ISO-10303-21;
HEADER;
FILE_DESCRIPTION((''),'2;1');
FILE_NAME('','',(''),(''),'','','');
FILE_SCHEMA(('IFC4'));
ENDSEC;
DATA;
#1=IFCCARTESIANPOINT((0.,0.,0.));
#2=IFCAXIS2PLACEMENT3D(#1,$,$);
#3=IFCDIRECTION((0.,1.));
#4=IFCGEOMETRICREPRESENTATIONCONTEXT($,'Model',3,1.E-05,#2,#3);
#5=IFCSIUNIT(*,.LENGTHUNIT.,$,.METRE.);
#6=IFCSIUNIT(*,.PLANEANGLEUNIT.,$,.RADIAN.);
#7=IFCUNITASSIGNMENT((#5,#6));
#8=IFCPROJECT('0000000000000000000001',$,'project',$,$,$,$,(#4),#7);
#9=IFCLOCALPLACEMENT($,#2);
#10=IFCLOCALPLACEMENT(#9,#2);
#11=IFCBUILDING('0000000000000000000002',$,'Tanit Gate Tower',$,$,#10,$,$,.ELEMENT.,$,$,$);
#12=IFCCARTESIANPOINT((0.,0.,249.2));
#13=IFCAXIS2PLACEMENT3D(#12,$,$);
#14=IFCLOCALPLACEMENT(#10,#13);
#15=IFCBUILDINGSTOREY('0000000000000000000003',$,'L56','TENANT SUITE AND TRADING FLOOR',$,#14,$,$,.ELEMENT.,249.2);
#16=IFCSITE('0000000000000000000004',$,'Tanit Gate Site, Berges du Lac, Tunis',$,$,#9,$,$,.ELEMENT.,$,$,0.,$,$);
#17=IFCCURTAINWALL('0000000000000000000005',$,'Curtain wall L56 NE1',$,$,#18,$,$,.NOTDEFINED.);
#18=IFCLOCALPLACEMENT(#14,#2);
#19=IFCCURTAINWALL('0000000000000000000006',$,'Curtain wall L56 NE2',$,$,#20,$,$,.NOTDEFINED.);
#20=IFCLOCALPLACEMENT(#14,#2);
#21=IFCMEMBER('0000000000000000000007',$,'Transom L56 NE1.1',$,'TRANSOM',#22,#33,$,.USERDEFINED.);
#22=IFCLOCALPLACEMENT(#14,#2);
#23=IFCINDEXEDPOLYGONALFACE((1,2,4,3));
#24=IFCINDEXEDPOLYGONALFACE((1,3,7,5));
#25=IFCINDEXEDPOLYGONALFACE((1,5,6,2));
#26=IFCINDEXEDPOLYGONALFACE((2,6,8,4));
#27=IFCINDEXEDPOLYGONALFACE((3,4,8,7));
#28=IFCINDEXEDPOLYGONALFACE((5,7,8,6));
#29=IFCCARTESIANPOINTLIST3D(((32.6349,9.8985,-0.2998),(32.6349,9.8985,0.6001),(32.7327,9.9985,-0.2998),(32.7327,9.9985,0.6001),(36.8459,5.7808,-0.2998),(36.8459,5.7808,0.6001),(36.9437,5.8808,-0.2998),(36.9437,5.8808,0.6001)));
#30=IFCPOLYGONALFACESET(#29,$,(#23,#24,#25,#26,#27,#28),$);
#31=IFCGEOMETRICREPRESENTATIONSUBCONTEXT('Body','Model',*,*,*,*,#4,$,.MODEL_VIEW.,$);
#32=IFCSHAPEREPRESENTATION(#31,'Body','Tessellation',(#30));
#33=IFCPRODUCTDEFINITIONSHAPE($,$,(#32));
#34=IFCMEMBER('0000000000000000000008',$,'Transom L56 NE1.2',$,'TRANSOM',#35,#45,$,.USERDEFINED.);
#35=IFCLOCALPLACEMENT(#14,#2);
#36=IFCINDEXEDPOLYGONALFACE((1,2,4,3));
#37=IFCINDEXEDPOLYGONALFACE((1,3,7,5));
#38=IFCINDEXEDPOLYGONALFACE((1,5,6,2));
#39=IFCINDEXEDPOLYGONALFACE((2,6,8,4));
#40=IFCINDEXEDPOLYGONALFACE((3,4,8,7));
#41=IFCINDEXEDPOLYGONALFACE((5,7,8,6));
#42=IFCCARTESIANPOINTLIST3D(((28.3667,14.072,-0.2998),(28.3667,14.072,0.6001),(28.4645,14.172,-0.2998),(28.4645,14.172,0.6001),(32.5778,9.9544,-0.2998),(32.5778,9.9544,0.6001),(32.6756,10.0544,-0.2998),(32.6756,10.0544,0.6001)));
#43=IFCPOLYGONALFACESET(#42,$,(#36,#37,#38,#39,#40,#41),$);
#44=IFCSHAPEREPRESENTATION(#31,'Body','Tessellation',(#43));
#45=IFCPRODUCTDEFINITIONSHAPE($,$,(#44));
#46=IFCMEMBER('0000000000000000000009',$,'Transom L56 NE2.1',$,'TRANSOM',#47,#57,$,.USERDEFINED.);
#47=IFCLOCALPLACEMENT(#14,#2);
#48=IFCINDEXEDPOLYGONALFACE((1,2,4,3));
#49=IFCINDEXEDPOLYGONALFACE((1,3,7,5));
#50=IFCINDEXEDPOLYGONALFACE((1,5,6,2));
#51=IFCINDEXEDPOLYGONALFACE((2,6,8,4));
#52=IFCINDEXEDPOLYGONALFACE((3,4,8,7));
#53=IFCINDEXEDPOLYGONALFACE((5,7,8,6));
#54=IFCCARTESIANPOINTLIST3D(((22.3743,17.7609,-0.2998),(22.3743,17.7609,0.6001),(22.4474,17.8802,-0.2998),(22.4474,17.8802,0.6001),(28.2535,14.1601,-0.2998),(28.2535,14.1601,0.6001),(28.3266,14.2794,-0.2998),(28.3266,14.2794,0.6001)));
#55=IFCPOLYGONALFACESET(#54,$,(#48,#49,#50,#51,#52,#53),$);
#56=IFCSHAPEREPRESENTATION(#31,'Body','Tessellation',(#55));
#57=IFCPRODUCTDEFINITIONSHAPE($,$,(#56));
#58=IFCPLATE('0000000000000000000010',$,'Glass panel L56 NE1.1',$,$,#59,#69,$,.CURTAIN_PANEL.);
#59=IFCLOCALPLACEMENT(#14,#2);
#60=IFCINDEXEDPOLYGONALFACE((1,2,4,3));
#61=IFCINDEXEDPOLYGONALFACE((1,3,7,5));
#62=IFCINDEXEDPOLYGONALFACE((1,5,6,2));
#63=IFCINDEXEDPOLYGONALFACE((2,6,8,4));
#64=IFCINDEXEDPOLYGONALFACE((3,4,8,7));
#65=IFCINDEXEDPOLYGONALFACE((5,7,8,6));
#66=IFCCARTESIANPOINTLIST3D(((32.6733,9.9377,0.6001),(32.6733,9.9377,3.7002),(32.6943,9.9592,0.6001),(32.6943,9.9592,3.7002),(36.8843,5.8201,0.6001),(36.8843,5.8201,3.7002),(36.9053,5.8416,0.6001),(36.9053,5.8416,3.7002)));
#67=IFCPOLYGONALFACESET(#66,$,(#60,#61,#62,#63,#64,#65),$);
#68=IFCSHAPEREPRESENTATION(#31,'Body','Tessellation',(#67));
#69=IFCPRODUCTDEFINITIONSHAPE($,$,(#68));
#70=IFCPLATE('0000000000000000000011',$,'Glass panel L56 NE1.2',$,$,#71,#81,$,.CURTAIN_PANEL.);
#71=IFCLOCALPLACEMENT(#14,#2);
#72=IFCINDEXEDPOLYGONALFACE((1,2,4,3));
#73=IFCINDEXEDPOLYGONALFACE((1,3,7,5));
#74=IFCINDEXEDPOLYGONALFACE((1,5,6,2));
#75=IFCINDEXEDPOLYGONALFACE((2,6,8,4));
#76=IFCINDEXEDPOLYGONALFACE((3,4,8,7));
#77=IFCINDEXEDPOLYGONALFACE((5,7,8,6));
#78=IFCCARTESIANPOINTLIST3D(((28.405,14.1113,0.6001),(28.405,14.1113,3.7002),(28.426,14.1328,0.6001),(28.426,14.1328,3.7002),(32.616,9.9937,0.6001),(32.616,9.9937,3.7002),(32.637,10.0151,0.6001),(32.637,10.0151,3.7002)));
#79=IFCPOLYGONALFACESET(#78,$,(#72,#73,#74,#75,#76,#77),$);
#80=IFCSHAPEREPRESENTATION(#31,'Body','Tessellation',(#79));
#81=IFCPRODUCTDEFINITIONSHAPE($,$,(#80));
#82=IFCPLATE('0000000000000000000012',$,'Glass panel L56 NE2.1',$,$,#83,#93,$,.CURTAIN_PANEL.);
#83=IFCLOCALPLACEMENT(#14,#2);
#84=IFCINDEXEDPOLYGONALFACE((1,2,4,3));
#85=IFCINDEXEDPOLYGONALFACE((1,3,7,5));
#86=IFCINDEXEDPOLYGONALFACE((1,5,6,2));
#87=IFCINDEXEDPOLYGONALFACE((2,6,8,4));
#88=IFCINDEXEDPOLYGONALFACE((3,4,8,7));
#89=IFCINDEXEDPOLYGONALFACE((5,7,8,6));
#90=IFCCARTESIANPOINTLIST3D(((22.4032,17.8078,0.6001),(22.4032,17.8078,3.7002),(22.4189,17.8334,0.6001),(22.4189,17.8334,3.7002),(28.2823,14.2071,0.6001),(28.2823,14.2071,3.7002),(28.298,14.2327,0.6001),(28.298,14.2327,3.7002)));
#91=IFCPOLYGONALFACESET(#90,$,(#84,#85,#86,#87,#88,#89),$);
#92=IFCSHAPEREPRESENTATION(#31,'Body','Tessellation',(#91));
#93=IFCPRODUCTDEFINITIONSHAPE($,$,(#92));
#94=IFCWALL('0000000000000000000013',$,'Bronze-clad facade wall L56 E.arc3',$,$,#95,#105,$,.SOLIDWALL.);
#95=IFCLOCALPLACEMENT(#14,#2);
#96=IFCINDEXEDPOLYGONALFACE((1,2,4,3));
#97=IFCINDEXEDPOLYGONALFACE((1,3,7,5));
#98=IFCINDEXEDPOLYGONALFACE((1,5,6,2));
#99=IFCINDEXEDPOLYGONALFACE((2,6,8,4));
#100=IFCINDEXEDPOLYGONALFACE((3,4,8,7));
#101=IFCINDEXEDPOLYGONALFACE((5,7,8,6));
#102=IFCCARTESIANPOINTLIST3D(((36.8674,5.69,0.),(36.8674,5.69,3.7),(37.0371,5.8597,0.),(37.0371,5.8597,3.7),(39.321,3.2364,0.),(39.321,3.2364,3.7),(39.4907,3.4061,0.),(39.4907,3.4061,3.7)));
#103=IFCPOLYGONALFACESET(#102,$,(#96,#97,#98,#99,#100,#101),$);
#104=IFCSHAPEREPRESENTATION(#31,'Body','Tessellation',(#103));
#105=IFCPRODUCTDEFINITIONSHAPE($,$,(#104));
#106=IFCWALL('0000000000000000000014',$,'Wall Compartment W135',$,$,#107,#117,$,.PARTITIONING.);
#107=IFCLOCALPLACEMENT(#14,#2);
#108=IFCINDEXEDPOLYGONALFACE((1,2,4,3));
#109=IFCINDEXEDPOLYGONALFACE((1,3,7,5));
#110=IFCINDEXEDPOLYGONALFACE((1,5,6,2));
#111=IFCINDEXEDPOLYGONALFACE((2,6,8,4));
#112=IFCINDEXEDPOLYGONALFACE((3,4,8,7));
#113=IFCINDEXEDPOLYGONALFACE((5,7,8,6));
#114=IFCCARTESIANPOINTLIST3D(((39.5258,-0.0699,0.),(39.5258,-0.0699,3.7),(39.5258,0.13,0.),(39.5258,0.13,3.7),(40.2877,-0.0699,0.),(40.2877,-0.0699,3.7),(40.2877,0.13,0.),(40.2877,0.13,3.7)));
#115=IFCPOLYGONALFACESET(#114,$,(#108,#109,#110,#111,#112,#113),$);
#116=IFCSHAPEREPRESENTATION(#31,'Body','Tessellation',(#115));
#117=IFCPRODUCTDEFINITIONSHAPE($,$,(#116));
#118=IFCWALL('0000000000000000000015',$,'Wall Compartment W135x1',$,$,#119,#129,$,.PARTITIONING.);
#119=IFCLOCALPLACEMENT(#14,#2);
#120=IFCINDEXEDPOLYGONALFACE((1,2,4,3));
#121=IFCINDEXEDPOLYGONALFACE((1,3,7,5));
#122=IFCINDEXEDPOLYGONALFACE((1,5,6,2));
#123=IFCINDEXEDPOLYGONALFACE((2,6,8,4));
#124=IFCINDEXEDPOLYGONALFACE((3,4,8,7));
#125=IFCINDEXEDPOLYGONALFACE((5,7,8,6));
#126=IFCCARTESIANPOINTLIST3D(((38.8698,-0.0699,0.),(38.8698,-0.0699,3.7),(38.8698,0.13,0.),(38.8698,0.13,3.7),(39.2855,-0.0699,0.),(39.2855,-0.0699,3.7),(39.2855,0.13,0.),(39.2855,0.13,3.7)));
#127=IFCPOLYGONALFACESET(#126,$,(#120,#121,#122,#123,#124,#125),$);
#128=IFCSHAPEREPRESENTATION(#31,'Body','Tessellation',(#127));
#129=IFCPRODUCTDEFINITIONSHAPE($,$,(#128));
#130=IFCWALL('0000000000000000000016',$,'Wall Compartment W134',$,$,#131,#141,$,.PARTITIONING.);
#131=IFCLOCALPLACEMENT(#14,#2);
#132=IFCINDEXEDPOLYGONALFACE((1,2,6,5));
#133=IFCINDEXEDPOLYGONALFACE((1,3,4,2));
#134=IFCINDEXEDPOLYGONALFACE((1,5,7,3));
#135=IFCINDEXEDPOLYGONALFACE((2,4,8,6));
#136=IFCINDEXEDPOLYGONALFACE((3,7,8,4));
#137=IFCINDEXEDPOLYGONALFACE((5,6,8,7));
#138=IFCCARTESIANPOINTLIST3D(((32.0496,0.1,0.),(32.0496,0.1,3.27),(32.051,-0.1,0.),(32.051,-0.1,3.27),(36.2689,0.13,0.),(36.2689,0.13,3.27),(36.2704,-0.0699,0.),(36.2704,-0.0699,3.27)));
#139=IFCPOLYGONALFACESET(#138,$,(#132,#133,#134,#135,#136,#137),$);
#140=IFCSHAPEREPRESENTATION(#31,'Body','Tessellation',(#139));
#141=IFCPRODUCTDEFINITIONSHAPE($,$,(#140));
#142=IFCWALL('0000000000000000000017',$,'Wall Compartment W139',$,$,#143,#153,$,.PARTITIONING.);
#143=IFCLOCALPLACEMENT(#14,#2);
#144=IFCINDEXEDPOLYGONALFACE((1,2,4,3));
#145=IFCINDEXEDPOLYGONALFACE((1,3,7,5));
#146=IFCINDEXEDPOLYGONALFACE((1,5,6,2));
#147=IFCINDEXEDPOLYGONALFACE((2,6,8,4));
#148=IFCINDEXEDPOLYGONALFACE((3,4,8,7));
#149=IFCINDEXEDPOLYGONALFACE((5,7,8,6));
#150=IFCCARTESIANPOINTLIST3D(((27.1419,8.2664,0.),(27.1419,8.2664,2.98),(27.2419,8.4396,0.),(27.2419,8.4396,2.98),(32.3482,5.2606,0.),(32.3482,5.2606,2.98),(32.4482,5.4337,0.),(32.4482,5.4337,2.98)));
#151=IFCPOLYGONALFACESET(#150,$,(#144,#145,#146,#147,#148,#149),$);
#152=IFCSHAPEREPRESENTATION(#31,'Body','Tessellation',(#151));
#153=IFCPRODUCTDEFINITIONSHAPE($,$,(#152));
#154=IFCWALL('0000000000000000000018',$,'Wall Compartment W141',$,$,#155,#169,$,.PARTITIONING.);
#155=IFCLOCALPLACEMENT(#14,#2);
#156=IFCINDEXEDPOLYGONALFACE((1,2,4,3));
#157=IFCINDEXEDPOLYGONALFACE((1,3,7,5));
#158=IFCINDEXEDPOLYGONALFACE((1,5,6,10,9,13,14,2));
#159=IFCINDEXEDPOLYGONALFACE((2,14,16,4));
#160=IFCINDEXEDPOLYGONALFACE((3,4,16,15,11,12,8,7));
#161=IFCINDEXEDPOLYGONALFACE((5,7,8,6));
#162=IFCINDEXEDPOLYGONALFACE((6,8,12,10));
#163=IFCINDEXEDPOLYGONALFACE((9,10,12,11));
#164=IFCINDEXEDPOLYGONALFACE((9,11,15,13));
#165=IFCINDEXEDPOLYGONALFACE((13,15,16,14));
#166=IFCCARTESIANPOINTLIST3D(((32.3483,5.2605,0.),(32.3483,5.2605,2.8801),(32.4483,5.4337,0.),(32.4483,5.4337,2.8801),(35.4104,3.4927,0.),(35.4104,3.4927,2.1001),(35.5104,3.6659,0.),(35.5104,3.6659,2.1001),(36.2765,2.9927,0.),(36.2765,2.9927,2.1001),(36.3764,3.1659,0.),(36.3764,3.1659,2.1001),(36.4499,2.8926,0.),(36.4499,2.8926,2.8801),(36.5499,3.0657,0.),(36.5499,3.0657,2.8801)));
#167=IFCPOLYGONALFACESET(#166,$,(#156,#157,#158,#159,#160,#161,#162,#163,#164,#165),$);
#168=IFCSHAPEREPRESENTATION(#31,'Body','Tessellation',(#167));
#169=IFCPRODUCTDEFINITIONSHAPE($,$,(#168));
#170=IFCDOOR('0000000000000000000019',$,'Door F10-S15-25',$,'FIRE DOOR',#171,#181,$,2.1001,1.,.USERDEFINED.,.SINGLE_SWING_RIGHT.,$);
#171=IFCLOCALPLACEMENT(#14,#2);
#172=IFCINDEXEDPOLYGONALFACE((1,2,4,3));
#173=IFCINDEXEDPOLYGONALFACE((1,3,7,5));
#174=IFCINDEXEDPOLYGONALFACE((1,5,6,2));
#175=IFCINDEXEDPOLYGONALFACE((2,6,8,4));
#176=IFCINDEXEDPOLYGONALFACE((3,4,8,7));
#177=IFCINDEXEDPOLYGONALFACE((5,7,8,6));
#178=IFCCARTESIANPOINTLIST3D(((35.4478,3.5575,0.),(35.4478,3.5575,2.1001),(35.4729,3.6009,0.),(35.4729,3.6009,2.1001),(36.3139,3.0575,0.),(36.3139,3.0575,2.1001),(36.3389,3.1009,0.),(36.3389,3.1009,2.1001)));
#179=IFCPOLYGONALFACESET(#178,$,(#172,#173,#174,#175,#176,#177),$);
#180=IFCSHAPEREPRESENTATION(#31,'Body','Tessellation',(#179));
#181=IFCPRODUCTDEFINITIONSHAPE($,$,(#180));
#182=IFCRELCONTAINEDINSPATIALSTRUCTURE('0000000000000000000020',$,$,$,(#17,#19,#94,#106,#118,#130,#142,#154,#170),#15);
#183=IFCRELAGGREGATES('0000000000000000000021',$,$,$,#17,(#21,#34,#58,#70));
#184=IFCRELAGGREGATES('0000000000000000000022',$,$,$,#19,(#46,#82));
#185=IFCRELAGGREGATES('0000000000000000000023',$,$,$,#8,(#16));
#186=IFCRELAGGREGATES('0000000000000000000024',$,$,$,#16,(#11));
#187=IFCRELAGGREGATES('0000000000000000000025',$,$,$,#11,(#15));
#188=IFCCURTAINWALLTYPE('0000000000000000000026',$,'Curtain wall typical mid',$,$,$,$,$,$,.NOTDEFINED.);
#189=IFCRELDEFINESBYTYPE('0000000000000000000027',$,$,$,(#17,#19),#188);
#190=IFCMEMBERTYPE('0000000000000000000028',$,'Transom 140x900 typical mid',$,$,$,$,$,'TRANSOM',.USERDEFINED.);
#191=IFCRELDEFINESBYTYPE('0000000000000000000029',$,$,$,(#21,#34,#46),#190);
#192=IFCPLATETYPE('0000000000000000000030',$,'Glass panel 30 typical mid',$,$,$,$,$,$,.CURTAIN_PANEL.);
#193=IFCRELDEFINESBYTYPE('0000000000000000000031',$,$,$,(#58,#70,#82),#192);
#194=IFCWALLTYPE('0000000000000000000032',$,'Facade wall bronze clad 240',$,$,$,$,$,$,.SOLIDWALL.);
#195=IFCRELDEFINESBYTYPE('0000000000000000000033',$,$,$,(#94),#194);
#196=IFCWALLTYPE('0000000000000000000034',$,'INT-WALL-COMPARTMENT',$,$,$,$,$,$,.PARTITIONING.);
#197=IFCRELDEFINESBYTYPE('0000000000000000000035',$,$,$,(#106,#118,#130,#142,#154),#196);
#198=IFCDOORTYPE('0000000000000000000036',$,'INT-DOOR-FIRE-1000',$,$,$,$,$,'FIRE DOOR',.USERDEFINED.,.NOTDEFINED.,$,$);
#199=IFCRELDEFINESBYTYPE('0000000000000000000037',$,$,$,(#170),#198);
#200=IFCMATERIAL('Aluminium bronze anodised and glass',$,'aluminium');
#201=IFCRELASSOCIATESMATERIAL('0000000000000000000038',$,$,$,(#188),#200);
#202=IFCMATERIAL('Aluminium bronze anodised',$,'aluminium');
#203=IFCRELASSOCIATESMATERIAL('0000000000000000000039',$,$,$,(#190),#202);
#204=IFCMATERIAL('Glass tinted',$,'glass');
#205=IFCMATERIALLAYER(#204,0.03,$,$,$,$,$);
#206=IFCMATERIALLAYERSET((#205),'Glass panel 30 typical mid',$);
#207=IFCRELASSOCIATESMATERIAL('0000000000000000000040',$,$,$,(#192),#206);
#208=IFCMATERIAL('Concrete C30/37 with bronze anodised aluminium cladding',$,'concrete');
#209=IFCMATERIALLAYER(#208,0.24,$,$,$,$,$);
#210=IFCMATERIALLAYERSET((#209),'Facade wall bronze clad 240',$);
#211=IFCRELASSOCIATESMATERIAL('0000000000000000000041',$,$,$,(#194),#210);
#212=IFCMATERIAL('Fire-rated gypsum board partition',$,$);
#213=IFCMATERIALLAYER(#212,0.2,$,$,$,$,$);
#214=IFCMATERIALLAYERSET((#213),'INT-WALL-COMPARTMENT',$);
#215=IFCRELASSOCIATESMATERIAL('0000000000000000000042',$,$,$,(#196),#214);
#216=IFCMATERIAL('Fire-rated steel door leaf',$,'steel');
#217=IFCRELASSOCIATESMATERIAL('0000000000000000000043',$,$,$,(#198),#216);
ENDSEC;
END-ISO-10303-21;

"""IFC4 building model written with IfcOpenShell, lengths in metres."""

from ifc_helpers import new_model, si_unit, direction, frame, frame_2d, origin, origin_2d, place, context, subcontext, project, spatial, rectangle, extrude, material, layer, layer_set, material_profile, profile_set, type_object, element, fill, aggregate, save


model = new_model("IFC4")

# Units and contexts
model_context = context("Model", 3, precision=1e-05, world=origin(), true_north=direction((0.0, 1.0)))
body_context = subcontext(model_context, "Body", "Model", "MODEL_VIEW")
ifc_project = project(units=[si_unit("LENGTHUNIT", "METRE"), si_unit("PLANEANGLEUNIT", "RADIAN")], contexts=[model_context])

# Site, building, storey
site_placement = place(None, origin())
site = spatial("IfcSite", under=ifc_project, at=site_placement, Name="Tanit Gate Site, Berges du Lac, Tunis", CompositionType="ELEMENT", RefElevation=0.0)
building_placement = place(site_placement, origin())
building = spatial("IfcBuilding", under=site, at=building_placement, Name="Tanit Gate Tower", CompositionType="ELEMENT")
storey_placement = place(building_placement, frame((0.0, 0.0, 249.2)))
storey = spatial("IfcBuildingStorey", under=building, at=storey_placement, Name="L56", Description="TENANT SUITE AND TRADING FLOOR", CompositionType="ELEMENT", Elevation=249.2)

# Curtain walls
ifc_material_1 = material(Name="Aluminium bronze anodised and glass", Category="aluminium")
curtain_wall_type = type_object("IfcCurtainWallType", Name="Curtain wall typical mid", PredefinedType="NOTDEFINED", material=ifc_material_1)
curtain_wall_1_placement = place(storey_placement, origin())
curtain_wall_1 = element("IfcCurtainWall", 1, at=curtain_wall_1_placement, inside=storey, type_object=curtain_wall_type, Name="Curtain wall L56 NE1", PredefinedType="NOTDEFINED")
curtain_wall_2_placement = place(storey_placement, origin())
curtain_wall_2 = element("IfcCurtainWall", 2, at=curtain_wall_2_placement, inside=storey, type_object=curtain_wall_type, Name="Curtain wall L56 NE2", PredefinedType="NOTDEFINED")

# Members
ifc_material_2 = material(Name="Aluminium bronze anodised", Category="aluminium")
ifc_material_profile_1 = material_profile(ifc_material_2, rectangle(XDim=0.1399, YDim=0.8999, at=origin_2d()), Name="140x900 bronze transom")
ifc_profile_set_1 = profile_set([ifc_material_profile_1], Name="Aluminium bronze anodised")
member_type_1 = type_object("IfcMemberType", Name="Transom 140x900 typical mid", ElementType="TRANSOM", PredefinedType="USERDEFINED", material=ifc_profile_set_1)
member_1_placement = place(storey_placement, frame((36.8948, 5.8308, 0.1501), z_axis=(-0.71498, 0.699145, 0.0), x_axis=(-0.699145, -0.71498, 0.0)))
member_1 = element("IfcMember", 3, at=member_1_placement, type_object=member_type_1, Name="Transom L56 NE1.1", ObjectType="TRANSOM", PredefinedType="USERDEFINED", context=body_context, shape_type="SweptSolid", body=[
    extrude(rectangle(XDim=0.1399, YDim=0.8999, at=origin_2d()), origin(), (0.0, 0.0, 1.0), 5.8896),
])
member_2_placement = place(storey_placement, frame((32.6267, 10.0044, 0.1501), z_axis=(-0.715, 0.699124, 0.0), x_axis=(-0.699124, -0.715, 0.0)))
member_2 = element("IfcMember", 4, at=member_2_placement, type_object=member_type_1, Name="Transom L56 NE1.2", ObjectType="TRANSOM", PredefinedType="USERDEFINED", context=body_context, shape_type="SweptSolid", body=[
    extrude(rectangle(XDim=0.1399, YDim=0.8999, at=origin_2d()), origin(), (0.0, 0.0, 1.0), 5.8896),
])
member_3_placement = place(storey_placement, frame((28.29, 14.2197, 0.1501), z_axis=(-0.852764, 0.522296, 0.0), x_axis=(-0.522296, -0.852764, 0.0)))
member_3 = element("IfcMember", 5, at=member_3_placement, type_object=member_type_1, Name="Transom L56 NE2.1", ObjectType="TRANSOM", PredefinedType="USERDEFINED", context=body_context, shape_type="SweptSolid", body=[
    extrude(rectangle(XDim=0.1399, YDim=0.8999, at=origin_2d()), origin(), (0.0, 0.0, 1.0), 6.8943),
])

# Plates
ifc_material_3 = material(Name="Glass tinted", Category="glass")
ifc_layer_1 = layer(ifc_material_3, 0.03)
ifc_layer_set_1 = layer_set([ifc_layer_1], Name="Glass panel 30 typical mid")
plate_type = type_object("IfcPlateType", Name="Glass panel 30 typical mid", PredefinedType="CURTAIN_PANEL", material=ifc_layer_set_1)
plate_1_placement = place(storey_placement, frame((34.7893, 7.8896, 0.6001), z_axis=(0.0, 0.0, 1.0), x_axis=(-0.71499, 0.699135, 0.0)))
plate_1 = element("IfcPlate", 6, at=plate_1_placement, type_object=plate_type, Name="Glass panel L56 NE1.1", PredefinedType="CURTAIN_PANEL", context=body_context, shape_type="SweptSolid", body=[
    extrude(rectangle(XDim=5.8896, YDim=0.03, at=origin_2d()), origin(), (0.0, 0.0, 1.0), 3.1001),
])
plate_2_placement = place(storey_placement, frame((30.521, 12.0632, 0.6001), z_axis=(0.0, 0.0, 1.0), x_axis=(-0.71499, 0.699135, 0.0)))
plate_2 = element("IfcPlate", 7, at=plate_2_placement, type_object=plate_type, Name="Glass panel L56 NE1.2", PredefinedType="CURTAIN_PANEL", context=body_context, shape_type="SweptSolid", body=[
    extrude(rectangle(XDim=5.8896, YDim=0.03, at=origin_2d()), origin(), (0.0, 0.0, 1.0), 3.1001),
])
aggregate(curtain_wall_1, [member_1, member_2, plate_1, plate_2])
plate_3_placement = place(storey_placement, frame((25.3506, 16.0203, 0.6001), z_axis=(0.0, 0.0, 1.0), x_axis=(-0.852772, 0.522283, 0.0)))
plate_3 = element("IfcPlate", 8, at=plate_3_placement, type_object=plate_type, Name="Glass panel L56 NE2.1", PredefinedType="CURTAIN_PANEL", context=body_context, shape_type="SweptSolid", body=[
    extrude(rectangle(XDim=6.894, YDim=0.03, at=origin_2d()), origin(), (0.0, 0.0, 1.0), 3.1001),
])
aggregate(curtain_wall_2, [member_3, plate_3])

# Walls
ifc_material_4 = material(Name="Concrete C30/37 with bronze anodised aluminium cladding", Category="concrete")
ifc_layer_2 = layer(ifc_material_4, 0.24)
ifc_layer_set_2 = layer_set([ifc_layer_2], Name="Facade wall bronze clad 240")
wall_type_1 = type_object("IfcWallType", Name="Facade wall bronze clad 240", PredefinedType="SOLIDWALL", material=ifc_layer_set_2)
wall_1_placement = place(storey_placement, frame((39.4058, 3.3213, 0.0), z_axis=(0.0, 0.0, 1.0), x_axis=(-0.707107, 0.707107, 0.0)))
element("IfcWall", 9, at=wall_1_placement, inside=storey, type_object=wall_type_1, Name="Bronze-clad facade wall L56 E.arc3", PredefinedType="SOLIDWALL", context=body_context, shape_type="SweptSolid", body=[
    extrude(rectangle(XDim=3.47, YDim=0.24, at=frame_2d((1.7349, 0.0))), origin(), (0.0, 0.0, 1.0), 3.7),
])
ifc_material_5 = material(Name="Fire-rated gypsum board partition")
ifc_layer_3 = layer(ifc_material_5, 0.2)
ifc_layer_set_3 = layer_set([ifc_layer_3], Name="INT-WALL-COMPARTMENT")
wall_type_2 = type_object("IfcWallType", Name="INT-WALL-COMPARTMENT", PredefinedType="PARTITIONING", material=ifc_layer_set_3)
wall_2_placement = place(storey_placement, frame((40.2876, 0.03, 0.0), z_axis=(0.0, 0.0, 1.0), x_axis=(-1.0, 0.0, 0.0)))
element("IfcWall", 10, at=wall_2_placement, inside=storey, type_object=wall_type_2, Name="Wall Compartment W135", PredefinedType="PARTITIONING", context=body_context, shape_type="SweptSolid", body=[
    extrude(rectangle(XDim=0.762, YDim=0.2, at=frame_2d((0.3809, 0.0))), origin(), (0.0, 0.0, 1.0), 3.7),
])
wall_3_placement = place(storey_placement, frame((39.2856, 0.03, 0.0), z_axis=(0.0, 0.0, 1.0), x_axis=(-1.0, 0.0, 0.0)))
element("IfcWall", 11, at=wall_3_placement, inside=storey, type_object=wall_type_2, Name="Wall Compartment W135x1", PredefinedType="PARTITIONING", context=body_context, shape_type="SweptSolid", body=[
    extrude(rectangle(XDim=0.4158, YDim=0.2, at=frame_2d((0.208, 0.0))), origin(), (0.0, 0.0, 1.0), 3.7),
])
wall_4_placement = place(storey_placement, frame((36.2698, 0.03, 0.0), z_axis=(0.0, 0.0, 1.0), x_axis=(-0.999975, -0.007117, 0.0)))
element("IfcWall", 12, at=wall_4_placement, inside=storey, type_object=wall_type_2, Name="Wall Compartment W134", PredefinedType="PARTITIONING", context=body_context, shape_type="SweptSolid", body=[
    extrude(rectangle(XDim=4.2195, YDim=0.2, at=frame_2d((2.1099, 0.0))), origin(), (0.0, 0.0, 1.0), 3.27),
])
wall_5_placement = place(storey_placement, frame((27.1919, 8.353, 0.0), z_axis=(0.0, 0.0, 1.0), x_axis=(0.866025, -0.5, 0.0)))
element("IfcWall", 13, at=wall_5_placement, inside=storey, type_object=wall_type_2, Name="Wall Compartment W139", PredefinedType="PARTITIONING", context=body_context, shape_type="SweptSolid", body=[
    extrude(rectangle(XDim=6.0117, YDim=0.2, at=frame_2d((3.0059, 0.0))), origin(), (0.0, 0.0, 1.0), 2.98),
])

# Wall, opening, door
wall_6_placement = place(storey_placement, frame((32.3982, 5.3472, 0.0), z_axis=(0.0, 0.0, 1.0), x_axis=(0.866036, -0.499981, 0.0)))
wall_6 = element("IfcWall", 14, at=wall_6_placement, inside=storey, type_object=wall_type_2, Name="Wall Compartment W141", PredefinedType="PARTITIONING", context=body_context, shape_type="SweptSolid", body=[
    extrude(rectangle(XDim=4.7361, YDim=0.2, at=frame_2d((2.3682, 0.0))), origin(), (0.0, 0.0, 1.0), 2.8801),
])
opening_placement = place(wall_6_placement, frame((3.5359, 0.0, 0.0)))
opening = element("IfcOpeningElement", 15, at=opening_placement, cuts=wall_6, PredefinedType="OPENING", context=body_context, shape_type="SweptSolid", body=[
    extrude(rectangle(XDim=1.0, YDim=2.1001, at=frame_2d((0.5, 1.05))), frame((0.0, 0.1099, 0.0), z_axis=(0.0, -1.0, 0.0), x_axis=(1.0, 0.0, 0.0)), (0.0, 0.0, 1.0), 0.22),
])
ifc_material_6 = material(Name="Fire-rated steel door leaf", Category="steel")
door_type = type_object("IfcDoorType", Name="INT-DOOR-FIRE-1000", ElementType="FIRE DOOR", OperationType="NOTDEFINED", PredefinedType="USERDEFINED", material=ifc_material_6)
door_placement = place(opening_placement, origin())
door = element("IfcDoor", 16, at=door_placement, inside=storey, type_object=door_type, Name="Door F10-S15-25", ObjectType="FIRE DOOR", OperationType="SINGLE_SWING_RIGHT", OverallHeight=2.1001, OverallWidth=1.0, PredefinedType="USERDEFINED", context=body_context, shape_type="SweptSolid", body=[
    extrude(rectangle(XDim=1.0, YDim=2.1001, at=frame_2d((0.5, 1.05))), frame((0.0, 0.0249, 0.0), z_axis=(0.0, -1.0, 0.0), x_axis=(1.0, 0.0, 0.0)), (0.0, 0.0, 1.0), 0.05),
])
fill(opening, door)

save(model, "model.ifc")
